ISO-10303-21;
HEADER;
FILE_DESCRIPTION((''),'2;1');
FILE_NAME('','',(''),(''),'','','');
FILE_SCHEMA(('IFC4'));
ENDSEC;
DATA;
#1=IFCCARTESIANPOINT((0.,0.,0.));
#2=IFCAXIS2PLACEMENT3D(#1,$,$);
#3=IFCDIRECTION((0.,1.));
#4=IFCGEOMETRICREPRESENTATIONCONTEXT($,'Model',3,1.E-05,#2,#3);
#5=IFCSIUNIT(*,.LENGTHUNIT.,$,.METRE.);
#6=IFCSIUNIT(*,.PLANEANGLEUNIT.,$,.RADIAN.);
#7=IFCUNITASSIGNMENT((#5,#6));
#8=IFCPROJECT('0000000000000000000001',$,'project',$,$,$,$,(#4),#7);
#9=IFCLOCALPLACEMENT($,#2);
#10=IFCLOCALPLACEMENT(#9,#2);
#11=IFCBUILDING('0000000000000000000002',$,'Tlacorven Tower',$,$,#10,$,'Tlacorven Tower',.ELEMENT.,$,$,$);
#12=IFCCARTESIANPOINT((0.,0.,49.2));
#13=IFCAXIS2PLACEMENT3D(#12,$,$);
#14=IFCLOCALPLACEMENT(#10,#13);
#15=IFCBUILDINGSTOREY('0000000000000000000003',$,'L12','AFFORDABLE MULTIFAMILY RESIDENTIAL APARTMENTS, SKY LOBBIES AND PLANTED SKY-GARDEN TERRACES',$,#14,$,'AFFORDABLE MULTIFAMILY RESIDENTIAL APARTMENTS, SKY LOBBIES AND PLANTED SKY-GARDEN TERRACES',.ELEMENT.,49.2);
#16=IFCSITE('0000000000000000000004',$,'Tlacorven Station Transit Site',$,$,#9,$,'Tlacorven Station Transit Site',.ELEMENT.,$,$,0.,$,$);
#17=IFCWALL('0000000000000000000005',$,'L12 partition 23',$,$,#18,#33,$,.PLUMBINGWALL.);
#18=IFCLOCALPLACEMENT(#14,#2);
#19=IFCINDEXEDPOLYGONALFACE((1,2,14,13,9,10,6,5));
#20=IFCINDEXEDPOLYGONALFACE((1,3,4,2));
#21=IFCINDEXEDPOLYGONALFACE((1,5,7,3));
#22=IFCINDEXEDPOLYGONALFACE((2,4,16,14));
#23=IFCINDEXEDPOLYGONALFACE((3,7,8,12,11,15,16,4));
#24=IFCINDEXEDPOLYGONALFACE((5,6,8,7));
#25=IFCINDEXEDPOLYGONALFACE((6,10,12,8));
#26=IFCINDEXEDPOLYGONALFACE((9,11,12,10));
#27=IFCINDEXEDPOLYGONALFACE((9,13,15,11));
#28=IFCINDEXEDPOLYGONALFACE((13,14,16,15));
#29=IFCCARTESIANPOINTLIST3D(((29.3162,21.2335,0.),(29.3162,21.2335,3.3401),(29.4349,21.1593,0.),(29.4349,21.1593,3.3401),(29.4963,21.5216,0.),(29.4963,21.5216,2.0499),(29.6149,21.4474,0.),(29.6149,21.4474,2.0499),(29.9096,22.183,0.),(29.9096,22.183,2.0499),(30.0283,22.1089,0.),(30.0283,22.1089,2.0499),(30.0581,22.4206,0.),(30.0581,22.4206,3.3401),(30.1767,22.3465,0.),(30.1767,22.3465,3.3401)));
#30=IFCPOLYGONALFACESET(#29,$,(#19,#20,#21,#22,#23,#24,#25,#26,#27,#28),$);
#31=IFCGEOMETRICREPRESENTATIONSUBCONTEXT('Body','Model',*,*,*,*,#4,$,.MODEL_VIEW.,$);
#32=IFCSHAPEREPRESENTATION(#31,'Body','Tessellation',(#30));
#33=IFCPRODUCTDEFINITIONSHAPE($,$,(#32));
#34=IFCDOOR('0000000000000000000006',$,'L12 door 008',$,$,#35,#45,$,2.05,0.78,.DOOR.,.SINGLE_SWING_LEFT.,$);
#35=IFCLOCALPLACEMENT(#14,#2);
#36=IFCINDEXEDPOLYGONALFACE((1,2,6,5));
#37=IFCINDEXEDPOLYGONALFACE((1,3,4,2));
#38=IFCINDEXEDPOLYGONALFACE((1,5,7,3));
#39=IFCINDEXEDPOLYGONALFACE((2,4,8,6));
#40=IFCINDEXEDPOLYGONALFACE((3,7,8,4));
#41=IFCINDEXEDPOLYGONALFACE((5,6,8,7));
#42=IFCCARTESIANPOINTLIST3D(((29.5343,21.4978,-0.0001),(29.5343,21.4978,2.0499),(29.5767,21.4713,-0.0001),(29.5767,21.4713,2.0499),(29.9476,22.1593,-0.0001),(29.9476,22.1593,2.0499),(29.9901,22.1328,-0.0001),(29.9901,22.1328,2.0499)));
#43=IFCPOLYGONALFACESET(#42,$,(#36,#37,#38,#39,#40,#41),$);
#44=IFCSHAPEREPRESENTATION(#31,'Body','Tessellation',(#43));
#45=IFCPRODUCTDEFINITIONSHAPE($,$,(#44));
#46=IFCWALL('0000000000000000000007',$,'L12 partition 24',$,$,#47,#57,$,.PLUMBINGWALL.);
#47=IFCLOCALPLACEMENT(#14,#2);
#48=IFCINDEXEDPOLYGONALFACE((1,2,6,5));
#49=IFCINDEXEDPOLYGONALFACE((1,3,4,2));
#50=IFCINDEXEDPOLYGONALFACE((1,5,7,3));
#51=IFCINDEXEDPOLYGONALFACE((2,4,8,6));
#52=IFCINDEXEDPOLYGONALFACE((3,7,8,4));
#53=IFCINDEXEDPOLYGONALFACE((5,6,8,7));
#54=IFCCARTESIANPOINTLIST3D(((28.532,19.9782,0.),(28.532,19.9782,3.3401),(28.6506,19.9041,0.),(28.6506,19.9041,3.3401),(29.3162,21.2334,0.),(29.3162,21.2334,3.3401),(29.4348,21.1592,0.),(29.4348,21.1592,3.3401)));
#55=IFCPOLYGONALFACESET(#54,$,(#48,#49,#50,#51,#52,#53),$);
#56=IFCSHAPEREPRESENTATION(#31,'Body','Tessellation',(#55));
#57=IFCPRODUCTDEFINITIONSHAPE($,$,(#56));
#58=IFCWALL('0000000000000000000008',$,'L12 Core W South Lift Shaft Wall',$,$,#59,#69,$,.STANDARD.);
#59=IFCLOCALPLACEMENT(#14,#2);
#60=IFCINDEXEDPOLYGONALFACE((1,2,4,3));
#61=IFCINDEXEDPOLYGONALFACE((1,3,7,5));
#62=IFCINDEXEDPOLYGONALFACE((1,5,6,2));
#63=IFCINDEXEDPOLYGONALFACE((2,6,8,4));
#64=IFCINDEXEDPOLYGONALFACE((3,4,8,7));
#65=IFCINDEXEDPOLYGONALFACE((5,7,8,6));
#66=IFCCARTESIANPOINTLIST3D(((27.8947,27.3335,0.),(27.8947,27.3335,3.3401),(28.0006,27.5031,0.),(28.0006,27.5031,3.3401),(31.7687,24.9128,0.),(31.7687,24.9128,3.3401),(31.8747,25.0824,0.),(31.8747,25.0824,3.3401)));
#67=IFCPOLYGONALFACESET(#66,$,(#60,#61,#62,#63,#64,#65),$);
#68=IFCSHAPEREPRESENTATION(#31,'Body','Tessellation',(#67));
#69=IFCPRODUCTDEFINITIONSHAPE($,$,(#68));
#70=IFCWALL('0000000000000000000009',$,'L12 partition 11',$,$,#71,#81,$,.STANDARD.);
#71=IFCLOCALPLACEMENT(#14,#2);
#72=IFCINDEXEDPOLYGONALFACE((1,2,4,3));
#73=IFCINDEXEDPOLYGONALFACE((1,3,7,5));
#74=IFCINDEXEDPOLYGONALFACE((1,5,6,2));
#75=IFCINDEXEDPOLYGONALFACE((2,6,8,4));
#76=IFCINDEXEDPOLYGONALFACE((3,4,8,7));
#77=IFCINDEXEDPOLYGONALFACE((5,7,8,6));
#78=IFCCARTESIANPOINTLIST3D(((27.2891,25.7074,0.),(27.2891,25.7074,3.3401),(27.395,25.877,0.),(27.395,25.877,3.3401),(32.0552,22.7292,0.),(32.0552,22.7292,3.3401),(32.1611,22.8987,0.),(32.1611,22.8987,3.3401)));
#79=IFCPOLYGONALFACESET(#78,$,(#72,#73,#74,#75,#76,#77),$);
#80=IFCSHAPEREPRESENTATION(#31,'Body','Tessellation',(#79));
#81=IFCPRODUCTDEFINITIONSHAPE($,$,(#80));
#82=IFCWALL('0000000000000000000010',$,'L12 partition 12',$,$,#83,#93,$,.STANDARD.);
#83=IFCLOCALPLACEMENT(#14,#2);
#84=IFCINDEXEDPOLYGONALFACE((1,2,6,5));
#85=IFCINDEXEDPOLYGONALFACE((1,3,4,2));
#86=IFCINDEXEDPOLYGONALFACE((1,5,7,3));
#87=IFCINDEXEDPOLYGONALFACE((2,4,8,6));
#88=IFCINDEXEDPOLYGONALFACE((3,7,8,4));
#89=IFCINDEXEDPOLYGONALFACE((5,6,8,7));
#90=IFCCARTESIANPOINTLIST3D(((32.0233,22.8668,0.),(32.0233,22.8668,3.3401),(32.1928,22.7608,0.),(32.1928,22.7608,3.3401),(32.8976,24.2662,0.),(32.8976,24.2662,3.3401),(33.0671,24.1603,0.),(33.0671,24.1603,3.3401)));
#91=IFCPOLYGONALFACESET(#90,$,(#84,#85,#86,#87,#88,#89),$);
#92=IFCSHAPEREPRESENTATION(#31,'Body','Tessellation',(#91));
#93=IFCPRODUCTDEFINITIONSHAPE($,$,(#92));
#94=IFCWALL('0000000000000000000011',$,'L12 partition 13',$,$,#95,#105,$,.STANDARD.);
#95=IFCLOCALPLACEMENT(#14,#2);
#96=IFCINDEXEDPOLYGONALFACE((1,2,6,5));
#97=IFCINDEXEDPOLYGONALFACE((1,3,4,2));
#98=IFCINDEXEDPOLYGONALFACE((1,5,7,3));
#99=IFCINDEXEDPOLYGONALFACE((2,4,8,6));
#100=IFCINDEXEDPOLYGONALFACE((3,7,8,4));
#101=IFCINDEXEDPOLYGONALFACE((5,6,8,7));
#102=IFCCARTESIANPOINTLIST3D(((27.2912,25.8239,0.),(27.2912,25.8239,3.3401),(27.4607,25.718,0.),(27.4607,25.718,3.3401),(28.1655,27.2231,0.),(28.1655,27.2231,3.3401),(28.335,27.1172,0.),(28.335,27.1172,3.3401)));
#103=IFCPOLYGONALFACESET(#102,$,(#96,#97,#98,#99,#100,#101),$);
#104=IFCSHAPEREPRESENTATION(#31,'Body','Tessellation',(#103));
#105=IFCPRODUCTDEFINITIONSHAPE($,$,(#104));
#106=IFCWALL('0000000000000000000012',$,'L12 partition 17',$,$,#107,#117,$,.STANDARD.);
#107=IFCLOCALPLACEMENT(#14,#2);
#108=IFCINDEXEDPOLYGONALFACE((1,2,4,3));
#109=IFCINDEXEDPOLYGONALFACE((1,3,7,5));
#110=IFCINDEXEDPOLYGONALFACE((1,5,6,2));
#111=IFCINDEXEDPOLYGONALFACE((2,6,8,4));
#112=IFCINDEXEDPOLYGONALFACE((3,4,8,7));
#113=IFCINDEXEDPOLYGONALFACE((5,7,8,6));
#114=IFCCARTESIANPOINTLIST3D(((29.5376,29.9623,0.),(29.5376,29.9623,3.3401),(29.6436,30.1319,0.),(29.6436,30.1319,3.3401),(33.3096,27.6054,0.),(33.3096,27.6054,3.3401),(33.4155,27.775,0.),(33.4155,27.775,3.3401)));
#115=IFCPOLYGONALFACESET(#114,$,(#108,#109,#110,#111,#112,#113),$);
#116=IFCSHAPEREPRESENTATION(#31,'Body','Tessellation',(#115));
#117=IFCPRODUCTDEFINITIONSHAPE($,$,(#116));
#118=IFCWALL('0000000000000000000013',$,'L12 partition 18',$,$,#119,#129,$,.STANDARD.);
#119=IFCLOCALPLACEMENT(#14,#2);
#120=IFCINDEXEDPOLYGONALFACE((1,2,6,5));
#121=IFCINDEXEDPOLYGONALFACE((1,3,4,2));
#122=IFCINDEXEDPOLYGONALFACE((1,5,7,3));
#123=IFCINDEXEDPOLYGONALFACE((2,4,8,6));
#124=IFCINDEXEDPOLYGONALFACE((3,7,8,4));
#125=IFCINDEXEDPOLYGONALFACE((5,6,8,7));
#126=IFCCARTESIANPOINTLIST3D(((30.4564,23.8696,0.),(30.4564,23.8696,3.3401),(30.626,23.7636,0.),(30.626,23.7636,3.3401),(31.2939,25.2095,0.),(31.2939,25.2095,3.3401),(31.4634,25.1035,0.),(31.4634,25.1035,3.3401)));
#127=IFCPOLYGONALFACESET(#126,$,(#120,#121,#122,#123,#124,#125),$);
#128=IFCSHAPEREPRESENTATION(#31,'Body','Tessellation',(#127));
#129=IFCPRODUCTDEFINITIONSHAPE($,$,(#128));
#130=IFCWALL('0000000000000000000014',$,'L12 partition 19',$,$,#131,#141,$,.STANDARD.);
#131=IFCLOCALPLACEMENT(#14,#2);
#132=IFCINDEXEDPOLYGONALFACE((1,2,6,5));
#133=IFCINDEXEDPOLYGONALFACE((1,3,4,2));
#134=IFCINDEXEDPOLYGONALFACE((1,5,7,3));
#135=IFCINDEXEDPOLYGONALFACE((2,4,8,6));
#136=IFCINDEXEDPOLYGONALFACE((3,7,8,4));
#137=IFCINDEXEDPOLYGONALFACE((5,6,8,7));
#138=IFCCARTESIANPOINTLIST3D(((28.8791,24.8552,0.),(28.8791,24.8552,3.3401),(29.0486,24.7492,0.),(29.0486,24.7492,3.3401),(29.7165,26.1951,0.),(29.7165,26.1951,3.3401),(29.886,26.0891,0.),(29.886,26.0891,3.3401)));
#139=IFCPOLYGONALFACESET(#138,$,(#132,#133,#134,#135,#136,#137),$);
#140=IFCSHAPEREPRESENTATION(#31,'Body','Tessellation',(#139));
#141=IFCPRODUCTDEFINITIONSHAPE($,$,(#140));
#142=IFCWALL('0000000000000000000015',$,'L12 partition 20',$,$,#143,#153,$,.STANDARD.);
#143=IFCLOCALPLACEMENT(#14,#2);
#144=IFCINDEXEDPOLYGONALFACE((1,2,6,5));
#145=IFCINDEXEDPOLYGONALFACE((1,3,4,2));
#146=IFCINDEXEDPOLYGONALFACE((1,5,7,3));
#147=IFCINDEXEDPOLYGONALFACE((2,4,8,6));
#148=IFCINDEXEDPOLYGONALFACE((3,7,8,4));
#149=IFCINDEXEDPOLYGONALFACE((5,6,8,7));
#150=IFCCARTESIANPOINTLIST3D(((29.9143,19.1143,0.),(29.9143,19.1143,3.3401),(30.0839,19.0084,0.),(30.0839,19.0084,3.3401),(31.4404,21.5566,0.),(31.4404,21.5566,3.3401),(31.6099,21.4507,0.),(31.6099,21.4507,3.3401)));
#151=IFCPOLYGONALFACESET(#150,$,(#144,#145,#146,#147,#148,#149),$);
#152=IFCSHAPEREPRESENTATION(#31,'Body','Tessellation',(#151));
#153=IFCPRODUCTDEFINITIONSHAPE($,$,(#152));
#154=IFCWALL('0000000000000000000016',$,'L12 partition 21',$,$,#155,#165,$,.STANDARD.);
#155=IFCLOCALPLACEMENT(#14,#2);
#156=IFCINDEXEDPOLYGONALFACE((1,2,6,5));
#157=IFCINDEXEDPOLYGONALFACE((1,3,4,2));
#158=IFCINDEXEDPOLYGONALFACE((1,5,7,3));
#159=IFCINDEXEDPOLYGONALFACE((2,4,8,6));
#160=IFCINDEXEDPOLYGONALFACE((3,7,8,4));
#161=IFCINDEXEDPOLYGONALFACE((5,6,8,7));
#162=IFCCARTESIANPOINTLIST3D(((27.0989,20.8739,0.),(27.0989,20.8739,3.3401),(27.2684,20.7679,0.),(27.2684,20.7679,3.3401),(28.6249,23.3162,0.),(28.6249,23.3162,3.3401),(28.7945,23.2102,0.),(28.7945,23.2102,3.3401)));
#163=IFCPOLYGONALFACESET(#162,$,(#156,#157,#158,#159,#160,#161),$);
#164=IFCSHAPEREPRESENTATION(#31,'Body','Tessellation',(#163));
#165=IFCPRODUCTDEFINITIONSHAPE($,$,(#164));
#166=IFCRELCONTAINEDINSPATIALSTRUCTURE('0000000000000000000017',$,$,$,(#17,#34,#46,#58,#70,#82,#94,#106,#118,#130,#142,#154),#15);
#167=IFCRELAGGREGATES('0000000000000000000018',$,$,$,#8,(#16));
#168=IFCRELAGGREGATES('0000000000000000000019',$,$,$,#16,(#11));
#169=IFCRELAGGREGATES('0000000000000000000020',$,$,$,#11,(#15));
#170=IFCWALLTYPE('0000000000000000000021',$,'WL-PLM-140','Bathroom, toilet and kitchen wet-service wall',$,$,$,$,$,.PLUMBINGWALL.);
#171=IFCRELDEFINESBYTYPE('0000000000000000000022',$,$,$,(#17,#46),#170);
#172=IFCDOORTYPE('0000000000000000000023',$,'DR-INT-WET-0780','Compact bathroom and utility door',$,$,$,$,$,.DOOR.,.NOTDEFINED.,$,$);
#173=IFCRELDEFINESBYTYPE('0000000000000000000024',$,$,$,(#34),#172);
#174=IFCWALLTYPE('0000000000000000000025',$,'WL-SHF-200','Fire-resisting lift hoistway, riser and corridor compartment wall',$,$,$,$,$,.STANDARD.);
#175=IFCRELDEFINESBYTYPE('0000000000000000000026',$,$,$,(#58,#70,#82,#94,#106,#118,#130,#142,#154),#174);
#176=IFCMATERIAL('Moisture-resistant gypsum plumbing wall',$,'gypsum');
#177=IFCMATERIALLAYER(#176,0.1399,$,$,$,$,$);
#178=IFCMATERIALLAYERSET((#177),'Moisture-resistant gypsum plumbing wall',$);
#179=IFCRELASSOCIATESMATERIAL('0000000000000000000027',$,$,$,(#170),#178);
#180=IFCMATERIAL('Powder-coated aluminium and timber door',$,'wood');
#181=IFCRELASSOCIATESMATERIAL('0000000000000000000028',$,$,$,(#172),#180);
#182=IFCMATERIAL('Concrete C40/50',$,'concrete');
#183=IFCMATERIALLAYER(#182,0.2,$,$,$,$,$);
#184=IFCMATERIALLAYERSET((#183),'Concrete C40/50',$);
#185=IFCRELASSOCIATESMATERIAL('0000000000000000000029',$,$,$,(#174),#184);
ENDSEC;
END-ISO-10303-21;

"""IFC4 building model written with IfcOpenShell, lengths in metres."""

from ifc_helpers import new_model, si_unit, direction, frame, frame_2d, origin, place, context, subcontext, project, spatial, rectangle, extrude, source, transform, mapped, material, layer, layer_set, type_object, element, fill, save


model = new_model("IFC4")

# Units and contexts
model_context = context("Model", 3, precision=1e-05, world=origin(), true_north=direction((0.0, 1.0)))
body_context = subcontext(model_context, "Body", "Model", "MODEL_VIEW")
ifc_project = project(units=[si_unit("LENGTHUNIT", "METRE"), si_unit("PLANEANGLEUNIT", "RADIAN")], contexts=[model_context])

# Site, building, storey
site_placement = place(None, origin())
site = spatial("IfcSite", under=ifc_project, at=site_placement, Name="Tlacorven Station Transit Site", LongName="Tlacorven Station Transit Site", CompositionType="ELEMENT", RefElevation=0.0)
building_placement = place(site_placement, origin())
building = spatial("IfcBuilding", under=site, at=building_placement, Name="Tlacorven Tower", LongName="Tlacorven Tower", CompositionType="ELEMENT")
storey_placement = place(building_placement, frame((0.0, 0.0, 49.2)))
storey = spatial("IfcBuildingStorey", under=building, at=storey_placement, Name="L12", Description="AFFORDABLE MULTIFAMILY RESIDENTIAL APARTMENTS, SKY LOBBIES AND PLANTED SKY-GARDEN TERRACES", LongName="AFFORDABLE MULTIFAMILY RESIDENTIAL APARTMENTS, SKY LOBBIES AND PLANTED SKY-GARDEN TERRACES", CompositionType="ELEMENT", Elevation=49.2)

# Wall, opening, door
ifc_material_1 = material(Name="Moisture-resistant gypsum plumbing wall", Category="gypsum")
ifc_layer_1 = layer(ifc_material_1, 0.1399)
ifc_layer_set_1 = layer_set([ifc_layer_1], Name="Moisture-resistant gypsum plumbing wall")
wall_type_1 = type_object("IfcWallType", Name="WL-PLM-140", Description="Bathroom, toilet and kitchen wet-service wall", PredefinedType="PLUMBINGWALL", material=ifc_layer_set_1)
wall_1_placement = place(storey_placement, frame((30.1174, 22.3835, 0.0), z_axis=(0.0, 0.0, 1.0), x_axis=(-0.529952, -0.848028, 0.0)))
wall_1 = element("IfcWall", 1, at=wall_1_placement, inside=storey, type_object=wall_type_1, Name="L12 partition 23", PredefinedType="PLUMBINGWALL", context=body_context, shape_type="SweptSolid", body=[
    extrude(rectangle(XDim=1.3999, YDim=0.1399, at=frame_2d((0.7, 0.0))), origin(), (0.0, 0.0, 1.0), 3.3401),
])
opening_1_placement = place(wall_1_placement, frame((0.28, 0.0, 0.0)))
opening_1 = element("IfcOpeningElement", 2, at=opening_1_placement, cuts=wall_1, PredefinedType="OPENING", context=body_context, shape_type="SweptSolid", body=[
    extrude(rectangle(XDim=0.78, YDim=2.05, at=frame_2d((0.3901, 1.0249))), frame((0.0, 0.0801, 0.0), z_axis=(0.0, -1.0, 0.0), x_axis=(1.0, 0.0, 0.0)), (0.0, 0.0, 1.0), 0.1599),
])
ifc_material_2 = material(Name="Powder-coated aluminium and timber door", Category="wood")
door_type_1 = type_object("IfcDoorType", Name="DR-INT-WET-0780", Description="Compact bathroom and utility door", OperationType="NOTDEFINED", PredefinedType="DOOR", material=ifc_material_2)
shared_shape_1 = source(origin(), body_context, "Body", "SweptSolid", [
    extrude(rectangle(XDim=0.78, YDim=2.05, at=frame_2d((0.3901, 1.0249))), frame((0.0, 0.0249, 0.0), z_axis=(0.0, -1.0, 0.0), x_axis=(1.0, 0.0, 0.0)), (0.0, 0.0, 1.0), 0.05),
])
door_1_placement = place(opening_1_placement, origin())
door_1 = element("IfcDoor", 3, at=door_1_placement, inside=storey, type_object=door_type_1, Name="L12 door 008", OperationType="SINGLE_SWING_LEFT", OverallHeight=2.05, OverallWidth=0.78, PredefinedType="DOOR", context=body_context, shape_type="MappedRepresentation", body=[
    mapped(shared_shape_1, transform((0.0, 0.0, 0.0), scale=1.0)),
])
fill(opening_1, door_1)

# Walls
wall_2_placement = place(storey_placement, frame((29.3755, 21.1963, 0.0), z_axis=(0.0, 0.0, 1.0), x_axis=(-0.529865, -0.848082, 0.0)))
element("IfcWall", 4, at=wall_2_placement, inside=storey, type_object=wall_type_1, Name="L12 partition 24", PredefinedType="PLUMBINGWALL", context=body_context, shape_type="SweptSolid", body=[
    extrude(rectangle(XDim=1.48, YDim=0.1399, at=frame_2d((0.74, 0.0))), origin(), (0.0, 0.0, 1.0), 3.3401),
])
ifc_material_3 = material(Name="Concrete C40/50", Category="concrete")
ifc_layer_2 = layer(ifc_material_3, 0.2)
ifc_layer_set_2 = layer_set([ifc_layer_2], Name="Concrete C40/50")
wall_type_2 = type_object("IfcWallType", Name="WL-SHF-200", Description="Fire-resisting lift hoistway, riser and corridor compartment wall", PredefinedType="STANDARD", material=ifc_layer_set_2)
wall_3_placement = place(storey_placement, frame((31.8218, 24.9976, 0.0), z_axis=(0.0, 0.0, 1.0), x_axis=(-0.848058, 0.529903, 0.0)))
element("IfcWall", 5, at=wall_3_placement, inside=storey, type_object=wall_type_2, Name="L12 Core W South Lift Shaft Wall", PredefinedType="STANDARD", context=body_context, shape_type="SweptSolid", body=[
    extrude(rectangle(XDim=4.5681, YDim=0.2, at=frame_2d((2.2842, 0.0))), origin(), (0.0, 0.0, 1.0), 3.3401),
])
wall_4_placement = place(storey_placement, frame((32.1082, 22.814, 0.0), z_axis=(0.0, 0.0, 1.0), x_axis=(-0.848042, 0.529929, 0.0)))
element("IfcWall", 6, at=wall_4_placement, inside=storey, type_object=wall_type_2, Name="L12 partition 11", PredefinedType="STANDARD", context=body_context, shape_type="SweptSolid", body=[
    extrude(rectangle(XDim=5.6201, YDim=0.2, at=frame_2d((2.8101, 0.0))), origin(), (0.0, 0.0, 1.0), 3.3401),
])
wall_5_placement = place(storey_placement, frame((32.9824, 24.2134, 0.0), z_axis=(0.0, 0.0, 1.0), x_axis=(-0.529839, -0.848098, 0.0)))
element("IfcWall", 7, at=wall_5_placement, inside=storey, type_object=wall_type_2, Name="L12 partition 12", PredefinedType="STANDARD", context=body_context, shape_type="SweptSolid", body=[
    extrude(rectangle(XDim=1.6501, YDim=0.2, at=frame_2d((0.8252, 0.0))), origin(), (0.0, 0.0, 1.0), 3.3401),
])
wall_6_placement = place(storey_placement, frame((28.2502, 27.1702, 0.0), z_axis=(0.0, 0.0, 1.0), x_axis=(-0.529906, -0.848056, 0.0)))
element("IfcWall", 8, at=wall_6_placement, inside=storey, type_object=wall_type_2, Name="L12 partition 13", PredefinedType="STANDARD", context=body_context, shape_type="SweptSolid", body=[
    extrude(rectangle(XDim=1.6499, YDim=0.2, at=frame_2d((0.825, 0.0))), origin(), (0.0, 0.0, 1.0), 3.3401),
])
wall_7_placement = place(storey_placement, frame((33.3625, 27.6902, 0.0), z_axis=(0.0, 0.0, 1.0), x_axis=(-0.848054, 0.52991, 0.0)))
element("IfcWall", 9, at=wall_7_placement, inside=storey, type_object=wall_type_2, Name="L12 partition 17", PredefinedType="STANDARD", context=body_context, shape_type="SweptSolid", body=[
    extrude(rectangle(XDim=4.4478, YDim=0.2, at=frame_2d((2.2239, 0.0))), origin(), (0.0, 0.0, 1.0), 3.3401),
])
for number, where, z_axis, x_axis, name in (
    (10, (31.3787, 25.1565, 0.0), (0.0, 0.0, 1.0), (-0.529999, -0.847998, 0.0), "L12 partition 18"),
    (11, (29.8013, 26.1421, 0.0), (0.0, 0.0, 1.0), (-0.529999, -0.847998, 0.0), "L12 partition 19"),
):
    element("IfcWall", number, at=place(storey_placement, frame(where, z_axis=z_axis, x_axis=x_axis)), inside=storey, type_object=wall_type_2, Name=name, PredefinedType="STANDARD", context=body_context, shape_type="SweptSolid", body=[
        extrude(rectangle(XDim=1.5801, YDim=0.2, at=frame_2d((0.79, 0.0))), origin(), (0.0, 0.0, 1.0), 3.3401),
    ])
for number, where, z_axis, x_axis, name in (
    (12, (31.5251, 21.5037, 0.0), (0.0, 0.0, 1.0), (-0.529907, -0.848055, 0.0), "L12 partition 20"),
    (13, (28.7097, 23.2632, 0.0), (0.0, 0.0, 1.0), (-0.529907, -0.848055, 0.0), "L12 partition 21"),
):
    element("IfcWall", number, at=place(storey_placement, frame(where, z_axis=z_axis, x_axis=x_axis)), inside=storey, type_object=wall_type_2, Name=name, PredefinedType="STANDARD", context=body_context, shape_type="SweptSolid", body=[
        extrude(rectangle(XDim=2.8799, YDim=0.2, at=frame_2d((1.4399, 0.0))), origin(), (0.0, 0.0, 1.0), 3.3401),
    ])

save(model, "model.ifc")
